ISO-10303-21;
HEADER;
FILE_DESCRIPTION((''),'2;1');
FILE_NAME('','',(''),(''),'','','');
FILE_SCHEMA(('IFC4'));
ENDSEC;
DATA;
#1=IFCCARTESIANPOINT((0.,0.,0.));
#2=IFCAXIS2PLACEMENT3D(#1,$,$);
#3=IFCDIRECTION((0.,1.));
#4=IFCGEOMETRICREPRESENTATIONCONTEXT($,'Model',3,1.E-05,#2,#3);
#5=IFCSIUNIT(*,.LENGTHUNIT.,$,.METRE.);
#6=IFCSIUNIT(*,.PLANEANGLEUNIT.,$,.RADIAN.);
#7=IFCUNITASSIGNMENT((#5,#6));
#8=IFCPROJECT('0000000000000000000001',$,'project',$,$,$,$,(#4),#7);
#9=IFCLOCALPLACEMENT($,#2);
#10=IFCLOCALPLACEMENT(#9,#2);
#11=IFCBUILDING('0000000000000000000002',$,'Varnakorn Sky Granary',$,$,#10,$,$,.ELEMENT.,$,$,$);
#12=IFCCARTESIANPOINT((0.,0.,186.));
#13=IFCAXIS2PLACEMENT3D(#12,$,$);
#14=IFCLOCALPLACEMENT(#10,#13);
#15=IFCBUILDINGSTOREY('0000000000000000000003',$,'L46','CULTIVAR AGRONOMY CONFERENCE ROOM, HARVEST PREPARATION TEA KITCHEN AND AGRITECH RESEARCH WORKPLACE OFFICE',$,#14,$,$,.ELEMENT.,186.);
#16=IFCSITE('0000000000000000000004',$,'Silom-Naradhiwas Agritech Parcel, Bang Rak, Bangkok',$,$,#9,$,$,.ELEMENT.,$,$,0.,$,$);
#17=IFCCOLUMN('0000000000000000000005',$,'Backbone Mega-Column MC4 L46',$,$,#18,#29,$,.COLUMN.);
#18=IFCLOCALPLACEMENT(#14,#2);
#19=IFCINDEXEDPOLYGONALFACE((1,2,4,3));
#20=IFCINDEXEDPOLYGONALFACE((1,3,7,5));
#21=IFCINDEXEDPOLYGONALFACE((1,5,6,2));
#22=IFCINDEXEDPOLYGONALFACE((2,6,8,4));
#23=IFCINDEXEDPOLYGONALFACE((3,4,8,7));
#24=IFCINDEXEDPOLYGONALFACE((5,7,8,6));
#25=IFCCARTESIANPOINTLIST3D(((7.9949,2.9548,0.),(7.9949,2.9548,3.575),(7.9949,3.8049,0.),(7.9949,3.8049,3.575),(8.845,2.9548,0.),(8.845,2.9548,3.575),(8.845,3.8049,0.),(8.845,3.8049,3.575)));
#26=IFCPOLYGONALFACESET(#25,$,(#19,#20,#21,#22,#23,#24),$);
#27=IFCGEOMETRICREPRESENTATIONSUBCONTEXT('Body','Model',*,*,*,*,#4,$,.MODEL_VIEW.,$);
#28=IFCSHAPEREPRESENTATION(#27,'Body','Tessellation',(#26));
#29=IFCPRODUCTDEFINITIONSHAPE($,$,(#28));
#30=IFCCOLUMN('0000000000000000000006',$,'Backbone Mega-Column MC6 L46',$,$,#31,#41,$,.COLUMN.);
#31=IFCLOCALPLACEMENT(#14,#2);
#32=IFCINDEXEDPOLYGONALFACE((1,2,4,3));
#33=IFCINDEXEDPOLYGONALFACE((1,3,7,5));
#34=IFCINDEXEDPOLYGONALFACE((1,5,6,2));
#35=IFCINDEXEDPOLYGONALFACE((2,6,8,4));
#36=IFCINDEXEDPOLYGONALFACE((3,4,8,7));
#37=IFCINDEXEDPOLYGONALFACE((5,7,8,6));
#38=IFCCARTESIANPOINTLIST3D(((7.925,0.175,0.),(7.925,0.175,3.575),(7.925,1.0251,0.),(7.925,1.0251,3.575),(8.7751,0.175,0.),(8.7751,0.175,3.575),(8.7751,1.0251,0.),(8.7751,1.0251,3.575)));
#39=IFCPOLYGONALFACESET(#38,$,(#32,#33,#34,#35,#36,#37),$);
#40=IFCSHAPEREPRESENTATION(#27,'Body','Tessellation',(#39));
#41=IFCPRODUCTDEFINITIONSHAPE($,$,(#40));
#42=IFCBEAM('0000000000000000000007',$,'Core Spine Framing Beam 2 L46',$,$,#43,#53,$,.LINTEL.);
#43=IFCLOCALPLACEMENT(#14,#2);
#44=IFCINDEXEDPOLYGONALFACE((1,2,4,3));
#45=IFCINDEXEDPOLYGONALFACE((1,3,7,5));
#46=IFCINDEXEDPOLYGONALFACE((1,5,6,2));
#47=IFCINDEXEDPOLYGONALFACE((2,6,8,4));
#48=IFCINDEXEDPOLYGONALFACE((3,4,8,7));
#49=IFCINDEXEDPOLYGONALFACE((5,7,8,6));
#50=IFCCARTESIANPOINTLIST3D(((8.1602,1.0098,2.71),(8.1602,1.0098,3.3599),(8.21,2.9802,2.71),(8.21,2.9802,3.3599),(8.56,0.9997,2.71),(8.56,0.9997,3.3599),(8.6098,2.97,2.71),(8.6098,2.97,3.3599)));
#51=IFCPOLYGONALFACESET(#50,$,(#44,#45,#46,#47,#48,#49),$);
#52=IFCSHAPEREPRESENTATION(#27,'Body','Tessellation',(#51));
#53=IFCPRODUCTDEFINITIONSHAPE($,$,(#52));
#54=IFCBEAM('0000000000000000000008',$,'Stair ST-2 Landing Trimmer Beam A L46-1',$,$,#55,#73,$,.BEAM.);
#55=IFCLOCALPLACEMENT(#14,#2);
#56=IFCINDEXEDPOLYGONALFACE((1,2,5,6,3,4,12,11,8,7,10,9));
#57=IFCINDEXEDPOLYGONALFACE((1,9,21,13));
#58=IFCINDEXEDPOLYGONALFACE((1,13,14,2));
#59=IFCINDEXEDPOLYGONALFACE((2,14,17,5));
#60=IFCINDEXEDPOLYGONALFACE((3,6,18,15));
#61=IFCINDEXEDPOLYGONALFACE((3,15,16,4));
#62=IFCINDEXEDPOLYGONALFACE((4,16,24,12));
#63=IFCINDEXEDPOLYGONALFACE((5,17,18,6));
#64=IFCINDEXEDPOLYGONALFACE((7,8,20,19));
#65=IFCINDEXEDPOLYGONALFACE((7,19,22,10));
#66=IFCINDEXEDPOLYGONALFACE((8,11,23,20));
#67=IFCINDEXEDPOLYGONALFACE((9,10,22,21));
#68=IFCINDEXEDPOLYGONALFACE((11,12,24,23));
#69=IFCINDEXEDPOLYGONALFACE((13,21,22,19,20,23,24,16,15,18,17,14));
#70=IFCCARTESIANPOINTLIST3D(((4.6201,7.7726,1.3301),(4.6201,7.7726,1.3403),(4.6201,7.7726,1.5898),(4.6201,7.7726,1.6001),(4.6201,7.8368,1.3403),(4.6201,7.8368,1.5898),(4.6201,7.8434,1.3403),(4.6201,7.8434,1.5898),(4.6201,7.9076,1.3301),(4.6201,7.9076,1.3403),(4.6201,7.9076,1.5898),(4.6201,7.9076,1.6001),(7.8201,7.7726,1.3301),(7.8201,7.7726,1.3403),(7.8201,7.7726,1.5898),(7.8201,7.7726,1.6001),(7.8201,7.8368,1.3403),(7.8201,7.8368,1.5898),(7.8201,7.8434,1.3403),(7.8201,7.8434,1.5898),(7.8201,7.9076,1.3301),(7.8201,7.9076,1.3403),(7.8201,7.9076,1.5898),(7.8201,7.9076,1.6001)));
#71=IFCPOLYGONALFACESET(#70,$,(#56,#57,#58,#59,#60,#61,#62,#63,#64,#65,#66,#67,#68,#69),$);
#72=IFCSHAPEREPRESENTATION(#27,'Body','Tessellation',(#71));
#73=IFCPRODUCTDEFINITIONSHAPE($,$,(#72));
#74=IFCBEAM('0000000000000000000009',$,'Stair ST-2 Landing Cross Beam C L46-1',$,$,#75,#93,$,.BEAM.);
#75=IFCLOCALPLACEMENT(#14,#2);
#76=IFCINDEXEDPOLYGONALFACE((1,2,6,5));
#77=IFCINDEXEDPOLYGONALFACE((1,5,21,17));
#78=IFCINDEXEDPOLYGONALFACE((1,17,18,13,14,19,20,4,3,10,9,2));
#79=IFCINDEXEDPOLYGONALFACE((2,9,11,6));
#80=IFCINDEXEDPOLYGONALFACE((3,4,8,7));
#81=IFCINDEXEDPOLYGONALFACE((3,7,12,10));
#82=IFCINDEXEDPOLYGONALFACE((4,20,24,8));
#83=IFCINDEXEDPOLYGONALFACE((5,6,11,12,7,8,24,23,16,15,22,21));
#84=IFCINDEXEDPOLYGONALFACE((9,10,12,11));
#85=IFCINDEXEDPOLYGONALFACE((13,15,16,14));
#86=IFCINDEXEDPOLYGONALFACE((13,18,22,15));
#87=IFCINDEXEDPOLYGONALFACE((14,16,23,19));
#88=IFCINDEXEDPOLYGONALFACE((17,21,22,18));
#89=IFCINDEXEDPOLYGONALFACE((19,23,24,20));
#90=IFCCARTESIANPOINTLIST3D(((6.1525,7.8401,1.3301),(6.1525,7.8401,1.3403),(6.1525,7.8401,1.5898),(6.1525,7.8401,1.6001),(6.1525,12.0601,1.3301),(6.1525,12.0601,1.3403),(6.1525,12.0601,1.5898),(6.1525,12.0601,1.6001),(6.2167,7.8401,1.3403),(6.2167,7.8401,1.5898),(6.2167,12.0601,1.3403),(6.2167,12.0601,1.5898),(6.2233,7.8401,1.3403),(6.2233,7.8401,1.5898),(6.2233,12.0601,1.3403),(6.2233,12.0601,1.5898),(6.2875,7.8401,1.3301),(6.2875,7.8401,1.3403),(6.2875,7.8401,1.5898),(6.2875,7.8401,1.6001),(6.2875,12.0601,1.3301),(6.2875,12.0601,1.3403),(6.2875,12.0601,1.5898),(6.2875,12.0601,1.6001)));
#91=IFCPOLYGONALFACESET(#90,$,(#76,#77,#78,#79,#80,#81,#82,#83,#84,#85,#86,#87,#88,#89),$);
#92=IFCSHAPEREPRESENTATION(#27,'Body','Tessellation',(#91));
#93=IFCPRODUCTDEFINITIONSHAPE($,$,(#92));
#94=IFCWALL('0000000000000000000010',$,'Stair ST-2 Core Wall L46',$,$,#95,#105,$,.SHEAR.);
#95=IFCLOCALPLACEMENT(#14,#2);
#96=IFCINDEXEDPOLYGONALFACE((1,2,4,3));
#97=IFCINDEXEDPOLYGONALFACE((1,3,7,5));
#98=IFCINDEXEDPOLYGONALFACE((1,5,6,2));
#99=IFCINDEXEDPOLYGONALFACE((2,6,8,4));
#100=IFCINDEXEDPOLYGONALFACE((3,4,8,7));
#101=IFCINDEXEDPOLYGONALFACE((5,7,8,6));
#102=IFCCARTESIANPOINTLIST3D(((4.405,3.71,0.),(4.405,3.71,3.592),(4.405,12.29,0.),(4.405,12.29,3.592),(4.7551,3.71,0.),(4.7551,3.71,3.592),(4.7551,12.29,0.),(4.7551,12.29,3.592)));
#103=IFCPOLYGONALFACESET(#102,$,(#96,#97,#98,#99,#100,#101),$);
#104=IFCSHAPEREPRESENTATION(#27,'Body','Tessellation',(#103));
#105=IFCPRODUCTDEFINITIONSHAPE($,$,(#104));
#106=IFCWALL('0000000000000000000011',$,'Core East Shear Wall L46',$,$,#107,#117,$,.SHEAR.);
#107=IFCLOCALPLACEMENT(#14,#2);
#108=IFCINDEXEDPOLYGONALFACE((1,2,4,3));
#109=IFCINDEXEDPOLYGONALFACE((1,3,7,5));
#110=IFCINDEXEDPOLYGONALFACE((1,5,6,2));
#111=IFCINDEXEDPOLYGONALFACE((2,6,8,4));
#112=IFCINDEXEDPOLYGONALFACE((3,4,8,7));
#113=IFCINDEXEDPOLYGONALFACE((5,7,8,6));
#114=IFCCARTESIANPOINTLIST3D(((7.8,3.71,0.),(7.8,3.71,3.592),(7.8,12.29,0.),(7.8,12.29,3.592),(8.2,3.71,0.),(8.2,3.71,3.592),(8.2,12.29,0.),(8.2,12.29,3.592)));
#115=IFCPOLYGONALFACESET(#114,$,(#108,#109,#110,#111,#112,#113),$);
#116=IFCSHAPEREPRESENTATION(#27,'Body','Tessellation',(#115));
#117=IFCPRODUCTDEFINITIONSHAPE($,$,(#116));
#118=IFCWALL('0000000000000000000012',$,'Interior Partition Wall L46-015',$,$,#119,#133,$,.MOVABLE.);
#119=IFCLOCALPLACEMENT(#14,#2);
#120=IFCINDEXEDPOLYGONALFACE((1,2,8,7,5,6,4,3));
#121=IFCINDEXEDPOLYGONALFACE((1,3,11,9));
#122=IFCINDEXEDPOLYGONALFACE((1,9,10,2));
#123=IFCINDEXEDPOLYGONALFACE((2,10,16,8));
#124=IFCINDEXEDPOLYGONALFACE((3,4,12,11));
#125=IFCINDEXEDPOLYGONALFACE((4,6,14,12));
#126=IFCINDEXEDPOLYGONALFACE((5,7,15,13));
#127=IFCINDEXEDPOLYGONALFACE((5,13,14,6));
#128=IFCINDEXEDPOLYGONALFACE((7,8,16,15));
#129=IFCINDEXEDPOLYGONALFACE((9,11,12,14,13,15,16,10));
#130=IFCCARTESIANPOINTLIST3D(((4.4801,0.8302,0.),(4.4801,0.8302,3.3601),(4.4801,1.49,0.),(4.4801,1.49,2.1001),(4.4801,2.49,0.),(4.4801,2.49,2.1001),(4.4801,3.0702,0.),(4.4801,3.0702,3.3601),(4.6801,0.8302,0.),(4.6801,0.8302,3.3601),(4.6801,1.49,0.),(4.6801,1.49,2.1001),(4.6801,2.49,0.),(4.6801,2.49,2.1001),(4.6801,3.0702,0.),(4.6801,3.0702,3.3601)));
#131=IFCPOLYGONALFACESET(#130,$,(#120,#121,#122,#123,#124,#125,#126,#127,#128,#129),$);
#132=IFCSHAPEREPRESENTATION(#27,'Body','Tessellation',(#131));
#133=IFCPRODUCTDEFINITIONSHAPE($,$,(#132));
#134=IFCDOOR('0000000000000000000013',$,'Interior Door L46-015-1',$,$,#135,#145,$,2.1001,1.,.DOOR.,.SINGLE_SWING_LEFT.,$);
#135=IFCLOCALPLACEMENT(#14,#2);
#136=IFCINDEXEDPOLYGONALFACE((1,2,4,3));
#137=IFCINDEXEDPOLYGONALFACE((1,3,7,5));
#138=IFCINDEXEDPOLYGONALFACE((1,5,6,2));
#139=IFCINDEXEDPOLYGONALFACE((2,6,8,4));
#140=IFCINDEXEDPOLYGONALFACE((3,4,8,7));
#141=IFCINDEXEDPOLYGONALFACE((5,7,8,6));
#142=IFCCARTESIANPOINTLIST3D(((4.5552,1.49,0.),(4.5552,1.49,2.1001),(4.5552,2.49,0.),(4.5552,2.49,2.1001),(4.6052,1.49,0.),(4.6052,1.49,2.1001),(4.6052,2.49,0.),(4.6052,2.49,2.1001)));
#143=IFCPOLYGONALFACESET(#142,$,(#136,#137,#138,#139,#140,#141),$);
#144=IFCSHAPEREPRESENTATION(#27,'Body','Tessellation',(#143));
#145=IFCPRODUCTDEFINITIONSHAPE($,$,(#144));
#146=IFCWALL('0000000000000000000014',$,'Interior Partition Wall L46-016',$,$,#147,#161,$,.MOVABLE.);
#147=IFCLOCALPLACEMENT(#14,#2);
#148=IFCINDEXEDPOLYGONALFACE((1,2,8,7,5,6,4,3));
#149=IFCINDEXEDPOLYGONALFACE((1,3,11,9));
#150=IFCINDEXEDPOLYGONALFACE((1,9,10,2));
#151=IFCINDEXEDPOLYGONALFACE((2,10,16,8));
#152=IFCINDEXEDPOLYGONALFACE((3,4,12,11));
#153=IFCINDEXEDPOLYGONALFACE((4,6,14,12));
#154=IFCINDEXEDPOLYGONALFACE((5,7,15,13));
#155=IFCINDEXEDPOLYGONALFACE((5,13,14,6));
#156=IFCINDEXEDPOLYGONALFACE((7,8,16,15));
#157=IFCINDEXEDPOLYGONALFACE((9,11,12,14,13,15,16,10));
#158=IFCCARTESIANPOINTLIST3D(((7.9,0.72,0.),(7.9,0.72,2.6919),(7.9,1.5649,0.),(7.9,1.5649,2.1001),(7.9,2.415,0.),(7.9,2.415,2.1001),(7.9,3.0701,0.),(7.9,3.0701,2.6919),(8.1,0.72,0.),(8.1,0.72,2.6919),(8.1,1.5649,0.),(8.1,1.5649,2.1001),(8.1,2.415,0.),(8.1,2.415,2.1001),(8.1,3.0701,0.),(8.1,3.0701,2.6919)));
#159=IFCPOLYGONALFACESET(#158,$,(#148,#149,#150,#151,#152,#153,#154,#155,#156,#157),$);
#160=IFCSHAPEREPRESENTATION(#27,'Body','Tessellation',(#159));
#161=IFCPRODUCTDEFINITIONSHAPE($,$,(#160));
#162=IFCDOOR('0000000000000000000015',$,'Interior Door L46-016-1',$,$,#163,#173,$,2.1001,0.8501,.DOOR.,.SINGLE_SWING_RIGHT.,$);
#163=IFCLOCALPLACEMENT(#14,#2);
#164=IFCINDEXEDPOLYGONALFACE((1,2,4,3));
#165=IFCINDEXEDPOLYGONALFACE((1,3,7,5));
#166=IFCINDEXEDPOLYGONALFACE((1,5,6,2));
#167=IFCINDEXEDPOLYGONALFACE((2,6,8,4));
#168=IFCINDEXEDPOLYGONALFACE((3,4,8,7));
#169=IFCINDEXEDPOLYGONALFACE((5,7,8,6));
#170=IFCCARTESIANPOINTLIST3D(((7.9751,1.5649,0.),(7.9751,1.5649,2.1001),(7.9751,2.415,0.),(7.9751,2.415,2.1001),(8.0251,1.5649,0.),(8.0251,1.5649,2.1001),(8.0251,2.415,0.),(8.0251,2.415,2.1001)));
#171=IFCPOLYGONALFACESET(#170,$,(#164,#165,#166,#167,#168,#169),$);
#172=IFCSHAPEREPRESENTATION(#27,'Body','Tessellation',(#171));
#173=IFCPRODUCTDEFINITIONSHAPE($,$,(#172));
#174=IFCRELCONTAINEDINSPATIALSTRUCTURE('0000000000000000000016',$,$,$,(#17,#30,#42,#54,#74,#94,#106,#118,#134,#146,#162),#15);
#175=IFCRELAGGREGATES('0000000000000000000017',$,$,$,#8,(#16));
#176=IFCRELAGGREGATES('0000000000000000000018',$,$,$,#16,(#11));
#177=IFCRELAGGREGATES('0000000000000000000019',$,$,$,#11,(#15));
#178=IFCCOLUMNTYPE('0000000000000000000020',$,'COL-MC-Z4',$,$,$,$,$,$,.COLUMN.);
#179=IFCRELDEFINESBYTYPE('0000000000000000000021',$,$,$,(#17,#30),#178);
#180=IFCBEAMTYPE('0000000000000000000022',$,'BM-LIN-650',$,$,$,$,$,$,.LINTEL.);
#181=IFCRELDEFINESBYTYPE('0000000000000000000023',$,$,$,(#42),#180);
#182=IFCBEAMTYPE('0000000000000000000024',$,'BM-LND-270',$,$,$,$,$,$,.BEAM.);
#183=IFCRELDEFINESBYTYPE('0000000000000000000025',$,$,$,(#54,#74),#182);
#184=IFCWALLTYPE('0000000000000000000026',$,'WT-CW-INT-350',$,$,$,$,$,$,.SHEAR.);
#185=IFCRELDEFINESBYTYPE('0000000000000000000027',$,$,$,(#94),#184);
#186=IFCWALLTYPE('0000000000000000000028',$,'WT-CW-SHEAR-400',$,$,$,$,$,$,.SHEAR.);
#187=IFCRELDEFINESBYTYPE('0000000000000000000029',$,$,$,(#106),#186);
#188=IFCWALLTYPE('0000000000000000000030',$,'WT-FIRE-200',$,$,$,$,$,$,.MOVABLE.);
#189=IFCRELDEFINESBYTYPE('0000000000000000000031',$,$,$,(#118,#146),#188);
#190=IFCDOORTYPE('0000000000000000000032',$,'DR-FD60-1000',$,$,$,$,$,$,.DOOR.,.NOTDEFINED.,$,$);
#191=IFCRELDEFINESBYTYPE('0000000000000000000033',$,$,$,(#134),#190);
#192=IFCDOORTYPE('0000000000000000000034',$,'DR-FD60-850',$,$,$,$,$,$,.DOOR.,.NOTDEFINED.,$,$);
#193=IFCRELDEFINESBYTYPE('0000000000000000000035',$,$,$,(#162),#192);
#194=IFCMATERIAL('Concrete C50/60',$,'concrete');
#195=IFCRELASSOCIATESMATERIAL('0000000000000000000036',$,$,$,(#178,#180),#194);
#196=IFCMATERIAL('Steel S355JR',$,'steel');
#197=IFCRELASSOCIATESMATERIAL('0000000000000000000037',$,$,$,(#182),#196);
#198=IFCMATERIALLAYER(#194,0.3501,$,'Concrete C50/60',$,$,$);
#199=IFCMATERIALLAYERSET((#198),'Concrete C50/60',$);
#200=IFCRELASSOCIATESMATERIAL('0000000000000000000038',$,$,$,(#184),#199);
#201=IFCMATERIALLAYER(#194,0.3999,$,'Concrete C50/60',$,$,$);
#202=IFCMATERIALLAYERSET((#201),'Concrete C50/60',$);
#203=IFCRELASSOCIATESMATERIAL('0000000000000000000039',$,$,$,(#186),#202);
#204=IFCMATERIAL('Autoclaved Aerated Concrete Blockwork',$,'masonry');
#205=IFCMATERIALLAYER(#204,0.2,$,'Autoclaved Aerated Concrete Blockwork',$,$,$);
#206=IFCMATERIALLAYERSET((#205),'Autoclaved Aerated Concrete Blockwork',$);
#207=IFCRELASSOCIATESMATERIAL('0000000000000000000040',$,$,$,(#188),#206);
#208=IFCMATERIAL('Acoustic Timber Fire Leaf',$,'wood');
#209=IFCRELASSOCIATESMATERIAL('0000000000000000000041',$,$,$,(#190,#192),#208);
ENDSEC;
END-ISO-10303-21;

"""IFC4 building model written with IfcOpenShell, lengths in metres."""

from ifc_helpers import new_model, si_unit, direction, frame, frame_2d, origin, origin_2d, place, context, subcontext, project, spatial, rectangle, i_section, extrude, material, layer, layer_set, material_profile, profile_set, type_object, element, fill, save


model = new_model("IFC4")

# Units and contexts
model_context = context("Model", 3, precision=1e-05, world=origin(), true_north=direction((0.0, 1.0)))
body_context = subcontext(model_context, "Body", "Model", "MODEL_VIEW")
ifc_project = project(units=[si_unit("LENGTHUNIT", "METRE"), si_unit("PLANEANGLEUNIT", "RADIAN")], contexts=[model_context])

# Site, building, storey
site_placement = place(None, origin())
site = spatial("IfcSite", under=ifc_project, at=site_placement, Name="Silom-Naradhiwas Agritech Parcel, Bang Rak, Bangkok", CompositionType="ELEMENT", RefElevation=0.0)
building_placement = place(site_placement, origin())
building = spatial("IfcBuilding", under=site, at=building_placement, Name="Varnakorn Sky Granary", CompositionType="ELEMENT")
storey_placement = place(building_placement, frame((0.0, 0.0, 186.0)))
storey = spatial("IfcBuildingStorey", under=building, at=storey_placement, Name="L46", Description="CULTIVAR AGRONOMY CONFERENCE ROOM, HARVEST PREPARATION TEA KITCHEN AND AGRITECH RESEARCH WORKPLACE OFFICE", CompositionType="ELEMENT", Elevation=186.0)

# Columns
ifc_material_1 = material(Name="Concrete C50/60", Category="concrete")
ifc_material_profile_1 = material_profile(ifc_material_1, rectangle(XDim=0.8501, YDim=0.8501, at=origin_2d()), Name="RC 850x850")
ifc_profile_set_1 = profile_set([ifc_material_profile_1], Name="Concrete C50/60")
column_type = type_object("IfcColumnType", Name="COL-MC-Z4", PredefinedType="COLUMN", material=ifc_profile_set_1)
for number, where, z_axis, x_axis, name in (
    (1, (8.4199, 3.3799, 0.0), (0.0, 0.0, 1.0), (1.0, 0.0, 0.0), "Backbone Mega-Column MC4 L46"),
    (2, (8.3501, 0.6001, 0.0), (0.0, 0.0, 1.0), (1.0, 0.0, 0.0), "Backbone Mega-Column MC6 L46"),
):
    element("IfcColumn", number, at=place(storey_placement, frame(where, z_axis=z_axis, x_axis=x_axis)), inside=storey, type_object=column_type, Name=name, PredefinedType="COLUMN", context=body_context, shape_type="SweptSolid", body=[
        extrude(rectangle(XDim=0.8501, YDim=0.8501, at=origin_2d()), origin(), (0.0, 0.0, 1.0), 3.575),
    ])

# Beams
ifc_material_profile_2 = material_profile(ifc_material_1, rectangle(XDim=0.3999, YDim=0.6499, at=origin_2d()), Name="RC 400x650")
ifc_profile_set_2 = profile_set([ifc_material_profile_2], Name="Concrete C50/60")
beam_type_1 = type_object("IfcBeamType", Name="BM-LIN-650", PredefinedType="LINTEL", material=ifc_profile_set_2)
beam_1_placement = place(storey_placement, frame((8.4099, 2.9751, 3.0349), z_axis=(-0.025271, -0.999681, 0.0), x_axis=(0.999681, -0.025271, 0.0)))
element("IfcBeam", 3, at=beam_1_placement, inside=storey, type_object=beam_type_1, Name="Core Spine Framing Beam 2 L46", PredefinedType="LINTEL", context=body_context, shape_type="SweptSolid", body=[
    extrude(rectangle(XDim=0.3999, YDim=0.6499, at=origin_2d()), origin(), (0.0, 0.0, 1.0), 1.9709),
])
ifc_material_2 = material(Name="Steel S355JR", Category="steel")
ifc_material_profile_3 = material_profile(ifc_material_2, i_section(OverallWidth=0.135, OverallDepth=0.27, WebThickness=0.0066, FlangeThickness=0.0103, at=origin_2d()), Name="IPE 270")
ifc_profile_set_3 = profile_set([ifc_material_profile_3], Name="Steel S355JR")
beam_type_2 = type_object("IfcBeamType", Name="BM-LND-270", PredefinedType="BEAM", material=ifc_profile_set_3)
beam_2_placement = place(storey_placement, frame((4.6201, 7.8401, 1.4651), z_axis=(1.0, 0.0, 0.0), x_axis=(0.0, 1.0, 0.0)))
element("IfcBeam", 4, at=beam_2_placement, inside=storey, type_object=beam_type_2, Name="Stair ST-2 Landing Trimmer Beam A L46-1", PredefinedType="BEAM", context=body_context, shape_type="SweptSolid", body=[
    extrude(i_section(OverallWidth=0.135, OverallDepth=0.27, WebThickness=0.0066, FlangeThickness=0.0103, at=origin_2d()), origin(), (0.0, 0.0, 1.0), 3.2),
])
beam_3_placement = place(storey_placement, frame((6.22, 7.8401, 1.4651), z_axis=(0.0, 1.0, 0.0), x_axis=(-1.0, 0.0, 0.0)))
element("IfcBeam", 5, at=beam_3_placement, inside=storey, type_object=beam_type_2, Name="Stair ST-2 Landing Cross Beam C L46-1", PredefinedType="BEAM", context=body_context, shape_type="SweptSolid", body=[
    extrude(i_section(OverallWidth=0.135, OverallDepth=0.27, WebThickness=0.0066, FlangeThickness=0.0103, at=origin_2d()), origin(), (0.0, 0.0, 1.0), 4.22),
])

# Walls
ifc_layer_1 = layer(ifc_material_1, 0.3501, Name="Concrete C50/60")
ifc_layer_set_1 = layer_set([ifc_layer_1], Name="Concrete C50/60")
wall_type_1 = type_object("IfcWallType", Name="WT-CW-INT-350", PredefinedType="SHEAR", material=ifc_layer_set_1)
wall_1_placement = place(storey_placement, frame((4.5801, 3.71, 0.0), z_axis=(0.0, 0.0, 1.0), x_axis=(0.0, 1.0, 0.0)))
element("IfcWall", 6, at=wall_1_placement, inside=storey, type_object=wall_type_1, Name="Stair ST-2 Core Wall L46", PredefinedType="SHEAR", context=body_context, shape_type="SweptSolid", body=[
    extrude(rectangle(XDim=8.5801, YDim=0.3501, at=frame_2d((4.29, 0.0))), origin(), (0.0, 0.0, 1.0), 3.592),
])
ifc_layer_2 = layer(ifc_material_1, 0.3999, Name="Concrete C50/60")
ifc_layer_set_2 = layer_set([ifc_layer_2], Name="Concrete C50/60")
wall_type_2 = type_object("IfcWallType", Name="WT-CW-SHEAR-400", PredefinedType="SHEAR", material=ifc_layer_set_2)
wall_2_placement = place(storey_placement, frame((8.0, 3.71, 0.0), z_axis=(0.0, 0.0, 1.0), x_axis=(0.0, 1.0, 0.0)))
element("IfcWall", 7, at=wall_2_placement, inside=storey, type_object=wall_type_2, Name="Core East Shear Wall L46", PredefinedType="SHEAR", context=body_context, shape_type="SweptSolid", body=[
    extrude(rectangle(XDim=8.5801, YDim=0.3999, at=frame_2d((4.29, 0.0))), origin(), (0.0, 0.0, 1.0), 3.592),
])

# Walls, openings, doors
ifc_material_3 = material(Name="Autoclaved Aerated Concrete Blockwork", Category="masonry")
ifc_layer_3 = layer(ifc_material_3, 0.2, Name="Autoclaved Aerated Concrete Blockwork")
ifc_layer_set_3 = layer_set([ifc_layer_3], Name="Autoclaved Aerated Concrete Blockwork")
wall_type_3 = type_object("IfcWallType", Name="WT-FIRE-200", PredefinedType="MOVABLE", material=ifc_layer_set_3)
wall_3_placement = place(storey_placement, frame((4.5801, 0.8301, 0.0), z_axis=(0.0, 0.0, 1.0), x_axis=(0.0, 1.0, 0.0)))
wall_3 = element("IfcWall", 8, at=wall_3_placement, inside=storey, type_object=wall_type_3, Name="Interior Partition Wall L46-015", PredefinedType="MOVABLE", context=body_context, shape_type="SweptSolid", body=[
    extrude(rectangle(XDim=2.24, YDim=0.2, at=frame_2d((1.1201, 0.0))), origin(), (0.0, 0.0, 1.0), 3.3601),
])
opening_1_placement = place(wall_3_placement, frame((0.6599, 0.0, 0.0)))
opening_1 = element("IfcOpeningElement", 9, at=opening_1_placement, cuts=wall_3, PredefinedType="OPENING", context=body_context, shape_type="SweptSolid", body=[
    extrude(rectangle(XDim=1.0, YDim=2.1001, at=frame_2d((0.5, 1.05))), frame((0.0, 0.1099, 0.0), z_axis=(0.0, -1.0, 0.0), x_axis=(1.0, 0.0, 0.0)), (0.0, 0.0, 1.0), 0.22),
])
ifc_material_4 = material(Name="Acoustic Timber Fire Leaf", Category="wood")
door_type_1 = type_object("IfcDoorType", Name="DR-FD60-1000", OperationType="NOTDEFINED", PredefinedType="DOOR", material=ifc_material_4)
door_1_placement = place(opening_1_placement, origin())
door_1 = element("IfcDoor", 10, at=door_1_placement, inside=storey, type_object=door_type_1, Name="Interior Door L46-015-1", OperationType="SINGLE_SWING_LEFT", OverallHeight=2.1001, OverallWidth=1.0, PredefinedType="DOOR", context=body_context, shape_type="SweptSolid", body=[
    extrude(rectangle(XDim=1.0, YDim=2.1001, at=frame_2d((0.5, 1.05))), frame((0.0, 0.0249, 0.0), z_axis=(0.0, -1.0, 0.0), x_axis=(1.0, 0.0, 0.0)), (0.0, 0.0, 1.0), 0.05),
])
fill(opening_1, door_1)
wall_4_placement = place(storey_placement, frame((8.0, 0.72, 0.0), z_axis=(0.0, 0.0, 1.0), x_axis=(0.0, 1.0, 0.0)))
wall_4 = element("IfcWall", 11, at=wall_4_placement, inside=storey, type_object=wall_type_3, Name="Interior Partition Wall L46-016", PredefinedType="MOVABLE", context=body_context, shape_type="SweptSolid", body=[
    extrude(rectangle(XDim=2.3501, YDim=0.2, at=frame_2d((1.175, 0.0))), origin(), (0.0, 0.0, 1.0), 2.6919),
])
opening_2_placement = place(wall_4_placement, frame((0.845, 0.0, 0.0)))
opening_2 = element("IfcOpeningElement", 12, at=opening_2_placement, cuts=wall_4, PredefinedType="OPENING", context=body_context, shape_type="SweptSolid", body=[
    extrude(rectangle(XDim=0.8501, YDim=2.1001, at=frame_2d((0.425, 1.05))), frame((0.0, 0.1099, 0.0), z_axis=(0.0, -1.0, 0.0), x_axis=(1.0, 0.0, 0.0)), (0.0, 0.0, 1.0), 0.22),
])
door_type_2 = type_object("IfcDoorType", Name="DR-FD60-850", OperationType="NOTDEFINED", PredefinedType="DOOR", material=ifc_material_4)
door_2_placement = place(opening_2_placement, origin())
door_2 = element("IfcDoor", 13, at=door_2_placement, inside=storey, type_object=door_type_2, Name="Interior Door L46-016-1", OperationType="SINGLE_SWING_RIGHT", OverallHeight=2.1001, OverallWidth=0.8501, PredefinedType="DOOR", context=body_context, shape_type="SweptSolid", body=[
    extrude(rectangle(XDim=0.8501, YDim=2.1001, at=frame_2d((0.425, 1.05))), frame((0.0, 0.0249, 0.0), z_axis=(0.0, -1.0, 0.0), x_axis=(1.0, 0.0, 0.0)), (0.0, 0.0, 1.0), 0.05),
])
fill(opening_2, door_2)

save(model, "model.ifc")
